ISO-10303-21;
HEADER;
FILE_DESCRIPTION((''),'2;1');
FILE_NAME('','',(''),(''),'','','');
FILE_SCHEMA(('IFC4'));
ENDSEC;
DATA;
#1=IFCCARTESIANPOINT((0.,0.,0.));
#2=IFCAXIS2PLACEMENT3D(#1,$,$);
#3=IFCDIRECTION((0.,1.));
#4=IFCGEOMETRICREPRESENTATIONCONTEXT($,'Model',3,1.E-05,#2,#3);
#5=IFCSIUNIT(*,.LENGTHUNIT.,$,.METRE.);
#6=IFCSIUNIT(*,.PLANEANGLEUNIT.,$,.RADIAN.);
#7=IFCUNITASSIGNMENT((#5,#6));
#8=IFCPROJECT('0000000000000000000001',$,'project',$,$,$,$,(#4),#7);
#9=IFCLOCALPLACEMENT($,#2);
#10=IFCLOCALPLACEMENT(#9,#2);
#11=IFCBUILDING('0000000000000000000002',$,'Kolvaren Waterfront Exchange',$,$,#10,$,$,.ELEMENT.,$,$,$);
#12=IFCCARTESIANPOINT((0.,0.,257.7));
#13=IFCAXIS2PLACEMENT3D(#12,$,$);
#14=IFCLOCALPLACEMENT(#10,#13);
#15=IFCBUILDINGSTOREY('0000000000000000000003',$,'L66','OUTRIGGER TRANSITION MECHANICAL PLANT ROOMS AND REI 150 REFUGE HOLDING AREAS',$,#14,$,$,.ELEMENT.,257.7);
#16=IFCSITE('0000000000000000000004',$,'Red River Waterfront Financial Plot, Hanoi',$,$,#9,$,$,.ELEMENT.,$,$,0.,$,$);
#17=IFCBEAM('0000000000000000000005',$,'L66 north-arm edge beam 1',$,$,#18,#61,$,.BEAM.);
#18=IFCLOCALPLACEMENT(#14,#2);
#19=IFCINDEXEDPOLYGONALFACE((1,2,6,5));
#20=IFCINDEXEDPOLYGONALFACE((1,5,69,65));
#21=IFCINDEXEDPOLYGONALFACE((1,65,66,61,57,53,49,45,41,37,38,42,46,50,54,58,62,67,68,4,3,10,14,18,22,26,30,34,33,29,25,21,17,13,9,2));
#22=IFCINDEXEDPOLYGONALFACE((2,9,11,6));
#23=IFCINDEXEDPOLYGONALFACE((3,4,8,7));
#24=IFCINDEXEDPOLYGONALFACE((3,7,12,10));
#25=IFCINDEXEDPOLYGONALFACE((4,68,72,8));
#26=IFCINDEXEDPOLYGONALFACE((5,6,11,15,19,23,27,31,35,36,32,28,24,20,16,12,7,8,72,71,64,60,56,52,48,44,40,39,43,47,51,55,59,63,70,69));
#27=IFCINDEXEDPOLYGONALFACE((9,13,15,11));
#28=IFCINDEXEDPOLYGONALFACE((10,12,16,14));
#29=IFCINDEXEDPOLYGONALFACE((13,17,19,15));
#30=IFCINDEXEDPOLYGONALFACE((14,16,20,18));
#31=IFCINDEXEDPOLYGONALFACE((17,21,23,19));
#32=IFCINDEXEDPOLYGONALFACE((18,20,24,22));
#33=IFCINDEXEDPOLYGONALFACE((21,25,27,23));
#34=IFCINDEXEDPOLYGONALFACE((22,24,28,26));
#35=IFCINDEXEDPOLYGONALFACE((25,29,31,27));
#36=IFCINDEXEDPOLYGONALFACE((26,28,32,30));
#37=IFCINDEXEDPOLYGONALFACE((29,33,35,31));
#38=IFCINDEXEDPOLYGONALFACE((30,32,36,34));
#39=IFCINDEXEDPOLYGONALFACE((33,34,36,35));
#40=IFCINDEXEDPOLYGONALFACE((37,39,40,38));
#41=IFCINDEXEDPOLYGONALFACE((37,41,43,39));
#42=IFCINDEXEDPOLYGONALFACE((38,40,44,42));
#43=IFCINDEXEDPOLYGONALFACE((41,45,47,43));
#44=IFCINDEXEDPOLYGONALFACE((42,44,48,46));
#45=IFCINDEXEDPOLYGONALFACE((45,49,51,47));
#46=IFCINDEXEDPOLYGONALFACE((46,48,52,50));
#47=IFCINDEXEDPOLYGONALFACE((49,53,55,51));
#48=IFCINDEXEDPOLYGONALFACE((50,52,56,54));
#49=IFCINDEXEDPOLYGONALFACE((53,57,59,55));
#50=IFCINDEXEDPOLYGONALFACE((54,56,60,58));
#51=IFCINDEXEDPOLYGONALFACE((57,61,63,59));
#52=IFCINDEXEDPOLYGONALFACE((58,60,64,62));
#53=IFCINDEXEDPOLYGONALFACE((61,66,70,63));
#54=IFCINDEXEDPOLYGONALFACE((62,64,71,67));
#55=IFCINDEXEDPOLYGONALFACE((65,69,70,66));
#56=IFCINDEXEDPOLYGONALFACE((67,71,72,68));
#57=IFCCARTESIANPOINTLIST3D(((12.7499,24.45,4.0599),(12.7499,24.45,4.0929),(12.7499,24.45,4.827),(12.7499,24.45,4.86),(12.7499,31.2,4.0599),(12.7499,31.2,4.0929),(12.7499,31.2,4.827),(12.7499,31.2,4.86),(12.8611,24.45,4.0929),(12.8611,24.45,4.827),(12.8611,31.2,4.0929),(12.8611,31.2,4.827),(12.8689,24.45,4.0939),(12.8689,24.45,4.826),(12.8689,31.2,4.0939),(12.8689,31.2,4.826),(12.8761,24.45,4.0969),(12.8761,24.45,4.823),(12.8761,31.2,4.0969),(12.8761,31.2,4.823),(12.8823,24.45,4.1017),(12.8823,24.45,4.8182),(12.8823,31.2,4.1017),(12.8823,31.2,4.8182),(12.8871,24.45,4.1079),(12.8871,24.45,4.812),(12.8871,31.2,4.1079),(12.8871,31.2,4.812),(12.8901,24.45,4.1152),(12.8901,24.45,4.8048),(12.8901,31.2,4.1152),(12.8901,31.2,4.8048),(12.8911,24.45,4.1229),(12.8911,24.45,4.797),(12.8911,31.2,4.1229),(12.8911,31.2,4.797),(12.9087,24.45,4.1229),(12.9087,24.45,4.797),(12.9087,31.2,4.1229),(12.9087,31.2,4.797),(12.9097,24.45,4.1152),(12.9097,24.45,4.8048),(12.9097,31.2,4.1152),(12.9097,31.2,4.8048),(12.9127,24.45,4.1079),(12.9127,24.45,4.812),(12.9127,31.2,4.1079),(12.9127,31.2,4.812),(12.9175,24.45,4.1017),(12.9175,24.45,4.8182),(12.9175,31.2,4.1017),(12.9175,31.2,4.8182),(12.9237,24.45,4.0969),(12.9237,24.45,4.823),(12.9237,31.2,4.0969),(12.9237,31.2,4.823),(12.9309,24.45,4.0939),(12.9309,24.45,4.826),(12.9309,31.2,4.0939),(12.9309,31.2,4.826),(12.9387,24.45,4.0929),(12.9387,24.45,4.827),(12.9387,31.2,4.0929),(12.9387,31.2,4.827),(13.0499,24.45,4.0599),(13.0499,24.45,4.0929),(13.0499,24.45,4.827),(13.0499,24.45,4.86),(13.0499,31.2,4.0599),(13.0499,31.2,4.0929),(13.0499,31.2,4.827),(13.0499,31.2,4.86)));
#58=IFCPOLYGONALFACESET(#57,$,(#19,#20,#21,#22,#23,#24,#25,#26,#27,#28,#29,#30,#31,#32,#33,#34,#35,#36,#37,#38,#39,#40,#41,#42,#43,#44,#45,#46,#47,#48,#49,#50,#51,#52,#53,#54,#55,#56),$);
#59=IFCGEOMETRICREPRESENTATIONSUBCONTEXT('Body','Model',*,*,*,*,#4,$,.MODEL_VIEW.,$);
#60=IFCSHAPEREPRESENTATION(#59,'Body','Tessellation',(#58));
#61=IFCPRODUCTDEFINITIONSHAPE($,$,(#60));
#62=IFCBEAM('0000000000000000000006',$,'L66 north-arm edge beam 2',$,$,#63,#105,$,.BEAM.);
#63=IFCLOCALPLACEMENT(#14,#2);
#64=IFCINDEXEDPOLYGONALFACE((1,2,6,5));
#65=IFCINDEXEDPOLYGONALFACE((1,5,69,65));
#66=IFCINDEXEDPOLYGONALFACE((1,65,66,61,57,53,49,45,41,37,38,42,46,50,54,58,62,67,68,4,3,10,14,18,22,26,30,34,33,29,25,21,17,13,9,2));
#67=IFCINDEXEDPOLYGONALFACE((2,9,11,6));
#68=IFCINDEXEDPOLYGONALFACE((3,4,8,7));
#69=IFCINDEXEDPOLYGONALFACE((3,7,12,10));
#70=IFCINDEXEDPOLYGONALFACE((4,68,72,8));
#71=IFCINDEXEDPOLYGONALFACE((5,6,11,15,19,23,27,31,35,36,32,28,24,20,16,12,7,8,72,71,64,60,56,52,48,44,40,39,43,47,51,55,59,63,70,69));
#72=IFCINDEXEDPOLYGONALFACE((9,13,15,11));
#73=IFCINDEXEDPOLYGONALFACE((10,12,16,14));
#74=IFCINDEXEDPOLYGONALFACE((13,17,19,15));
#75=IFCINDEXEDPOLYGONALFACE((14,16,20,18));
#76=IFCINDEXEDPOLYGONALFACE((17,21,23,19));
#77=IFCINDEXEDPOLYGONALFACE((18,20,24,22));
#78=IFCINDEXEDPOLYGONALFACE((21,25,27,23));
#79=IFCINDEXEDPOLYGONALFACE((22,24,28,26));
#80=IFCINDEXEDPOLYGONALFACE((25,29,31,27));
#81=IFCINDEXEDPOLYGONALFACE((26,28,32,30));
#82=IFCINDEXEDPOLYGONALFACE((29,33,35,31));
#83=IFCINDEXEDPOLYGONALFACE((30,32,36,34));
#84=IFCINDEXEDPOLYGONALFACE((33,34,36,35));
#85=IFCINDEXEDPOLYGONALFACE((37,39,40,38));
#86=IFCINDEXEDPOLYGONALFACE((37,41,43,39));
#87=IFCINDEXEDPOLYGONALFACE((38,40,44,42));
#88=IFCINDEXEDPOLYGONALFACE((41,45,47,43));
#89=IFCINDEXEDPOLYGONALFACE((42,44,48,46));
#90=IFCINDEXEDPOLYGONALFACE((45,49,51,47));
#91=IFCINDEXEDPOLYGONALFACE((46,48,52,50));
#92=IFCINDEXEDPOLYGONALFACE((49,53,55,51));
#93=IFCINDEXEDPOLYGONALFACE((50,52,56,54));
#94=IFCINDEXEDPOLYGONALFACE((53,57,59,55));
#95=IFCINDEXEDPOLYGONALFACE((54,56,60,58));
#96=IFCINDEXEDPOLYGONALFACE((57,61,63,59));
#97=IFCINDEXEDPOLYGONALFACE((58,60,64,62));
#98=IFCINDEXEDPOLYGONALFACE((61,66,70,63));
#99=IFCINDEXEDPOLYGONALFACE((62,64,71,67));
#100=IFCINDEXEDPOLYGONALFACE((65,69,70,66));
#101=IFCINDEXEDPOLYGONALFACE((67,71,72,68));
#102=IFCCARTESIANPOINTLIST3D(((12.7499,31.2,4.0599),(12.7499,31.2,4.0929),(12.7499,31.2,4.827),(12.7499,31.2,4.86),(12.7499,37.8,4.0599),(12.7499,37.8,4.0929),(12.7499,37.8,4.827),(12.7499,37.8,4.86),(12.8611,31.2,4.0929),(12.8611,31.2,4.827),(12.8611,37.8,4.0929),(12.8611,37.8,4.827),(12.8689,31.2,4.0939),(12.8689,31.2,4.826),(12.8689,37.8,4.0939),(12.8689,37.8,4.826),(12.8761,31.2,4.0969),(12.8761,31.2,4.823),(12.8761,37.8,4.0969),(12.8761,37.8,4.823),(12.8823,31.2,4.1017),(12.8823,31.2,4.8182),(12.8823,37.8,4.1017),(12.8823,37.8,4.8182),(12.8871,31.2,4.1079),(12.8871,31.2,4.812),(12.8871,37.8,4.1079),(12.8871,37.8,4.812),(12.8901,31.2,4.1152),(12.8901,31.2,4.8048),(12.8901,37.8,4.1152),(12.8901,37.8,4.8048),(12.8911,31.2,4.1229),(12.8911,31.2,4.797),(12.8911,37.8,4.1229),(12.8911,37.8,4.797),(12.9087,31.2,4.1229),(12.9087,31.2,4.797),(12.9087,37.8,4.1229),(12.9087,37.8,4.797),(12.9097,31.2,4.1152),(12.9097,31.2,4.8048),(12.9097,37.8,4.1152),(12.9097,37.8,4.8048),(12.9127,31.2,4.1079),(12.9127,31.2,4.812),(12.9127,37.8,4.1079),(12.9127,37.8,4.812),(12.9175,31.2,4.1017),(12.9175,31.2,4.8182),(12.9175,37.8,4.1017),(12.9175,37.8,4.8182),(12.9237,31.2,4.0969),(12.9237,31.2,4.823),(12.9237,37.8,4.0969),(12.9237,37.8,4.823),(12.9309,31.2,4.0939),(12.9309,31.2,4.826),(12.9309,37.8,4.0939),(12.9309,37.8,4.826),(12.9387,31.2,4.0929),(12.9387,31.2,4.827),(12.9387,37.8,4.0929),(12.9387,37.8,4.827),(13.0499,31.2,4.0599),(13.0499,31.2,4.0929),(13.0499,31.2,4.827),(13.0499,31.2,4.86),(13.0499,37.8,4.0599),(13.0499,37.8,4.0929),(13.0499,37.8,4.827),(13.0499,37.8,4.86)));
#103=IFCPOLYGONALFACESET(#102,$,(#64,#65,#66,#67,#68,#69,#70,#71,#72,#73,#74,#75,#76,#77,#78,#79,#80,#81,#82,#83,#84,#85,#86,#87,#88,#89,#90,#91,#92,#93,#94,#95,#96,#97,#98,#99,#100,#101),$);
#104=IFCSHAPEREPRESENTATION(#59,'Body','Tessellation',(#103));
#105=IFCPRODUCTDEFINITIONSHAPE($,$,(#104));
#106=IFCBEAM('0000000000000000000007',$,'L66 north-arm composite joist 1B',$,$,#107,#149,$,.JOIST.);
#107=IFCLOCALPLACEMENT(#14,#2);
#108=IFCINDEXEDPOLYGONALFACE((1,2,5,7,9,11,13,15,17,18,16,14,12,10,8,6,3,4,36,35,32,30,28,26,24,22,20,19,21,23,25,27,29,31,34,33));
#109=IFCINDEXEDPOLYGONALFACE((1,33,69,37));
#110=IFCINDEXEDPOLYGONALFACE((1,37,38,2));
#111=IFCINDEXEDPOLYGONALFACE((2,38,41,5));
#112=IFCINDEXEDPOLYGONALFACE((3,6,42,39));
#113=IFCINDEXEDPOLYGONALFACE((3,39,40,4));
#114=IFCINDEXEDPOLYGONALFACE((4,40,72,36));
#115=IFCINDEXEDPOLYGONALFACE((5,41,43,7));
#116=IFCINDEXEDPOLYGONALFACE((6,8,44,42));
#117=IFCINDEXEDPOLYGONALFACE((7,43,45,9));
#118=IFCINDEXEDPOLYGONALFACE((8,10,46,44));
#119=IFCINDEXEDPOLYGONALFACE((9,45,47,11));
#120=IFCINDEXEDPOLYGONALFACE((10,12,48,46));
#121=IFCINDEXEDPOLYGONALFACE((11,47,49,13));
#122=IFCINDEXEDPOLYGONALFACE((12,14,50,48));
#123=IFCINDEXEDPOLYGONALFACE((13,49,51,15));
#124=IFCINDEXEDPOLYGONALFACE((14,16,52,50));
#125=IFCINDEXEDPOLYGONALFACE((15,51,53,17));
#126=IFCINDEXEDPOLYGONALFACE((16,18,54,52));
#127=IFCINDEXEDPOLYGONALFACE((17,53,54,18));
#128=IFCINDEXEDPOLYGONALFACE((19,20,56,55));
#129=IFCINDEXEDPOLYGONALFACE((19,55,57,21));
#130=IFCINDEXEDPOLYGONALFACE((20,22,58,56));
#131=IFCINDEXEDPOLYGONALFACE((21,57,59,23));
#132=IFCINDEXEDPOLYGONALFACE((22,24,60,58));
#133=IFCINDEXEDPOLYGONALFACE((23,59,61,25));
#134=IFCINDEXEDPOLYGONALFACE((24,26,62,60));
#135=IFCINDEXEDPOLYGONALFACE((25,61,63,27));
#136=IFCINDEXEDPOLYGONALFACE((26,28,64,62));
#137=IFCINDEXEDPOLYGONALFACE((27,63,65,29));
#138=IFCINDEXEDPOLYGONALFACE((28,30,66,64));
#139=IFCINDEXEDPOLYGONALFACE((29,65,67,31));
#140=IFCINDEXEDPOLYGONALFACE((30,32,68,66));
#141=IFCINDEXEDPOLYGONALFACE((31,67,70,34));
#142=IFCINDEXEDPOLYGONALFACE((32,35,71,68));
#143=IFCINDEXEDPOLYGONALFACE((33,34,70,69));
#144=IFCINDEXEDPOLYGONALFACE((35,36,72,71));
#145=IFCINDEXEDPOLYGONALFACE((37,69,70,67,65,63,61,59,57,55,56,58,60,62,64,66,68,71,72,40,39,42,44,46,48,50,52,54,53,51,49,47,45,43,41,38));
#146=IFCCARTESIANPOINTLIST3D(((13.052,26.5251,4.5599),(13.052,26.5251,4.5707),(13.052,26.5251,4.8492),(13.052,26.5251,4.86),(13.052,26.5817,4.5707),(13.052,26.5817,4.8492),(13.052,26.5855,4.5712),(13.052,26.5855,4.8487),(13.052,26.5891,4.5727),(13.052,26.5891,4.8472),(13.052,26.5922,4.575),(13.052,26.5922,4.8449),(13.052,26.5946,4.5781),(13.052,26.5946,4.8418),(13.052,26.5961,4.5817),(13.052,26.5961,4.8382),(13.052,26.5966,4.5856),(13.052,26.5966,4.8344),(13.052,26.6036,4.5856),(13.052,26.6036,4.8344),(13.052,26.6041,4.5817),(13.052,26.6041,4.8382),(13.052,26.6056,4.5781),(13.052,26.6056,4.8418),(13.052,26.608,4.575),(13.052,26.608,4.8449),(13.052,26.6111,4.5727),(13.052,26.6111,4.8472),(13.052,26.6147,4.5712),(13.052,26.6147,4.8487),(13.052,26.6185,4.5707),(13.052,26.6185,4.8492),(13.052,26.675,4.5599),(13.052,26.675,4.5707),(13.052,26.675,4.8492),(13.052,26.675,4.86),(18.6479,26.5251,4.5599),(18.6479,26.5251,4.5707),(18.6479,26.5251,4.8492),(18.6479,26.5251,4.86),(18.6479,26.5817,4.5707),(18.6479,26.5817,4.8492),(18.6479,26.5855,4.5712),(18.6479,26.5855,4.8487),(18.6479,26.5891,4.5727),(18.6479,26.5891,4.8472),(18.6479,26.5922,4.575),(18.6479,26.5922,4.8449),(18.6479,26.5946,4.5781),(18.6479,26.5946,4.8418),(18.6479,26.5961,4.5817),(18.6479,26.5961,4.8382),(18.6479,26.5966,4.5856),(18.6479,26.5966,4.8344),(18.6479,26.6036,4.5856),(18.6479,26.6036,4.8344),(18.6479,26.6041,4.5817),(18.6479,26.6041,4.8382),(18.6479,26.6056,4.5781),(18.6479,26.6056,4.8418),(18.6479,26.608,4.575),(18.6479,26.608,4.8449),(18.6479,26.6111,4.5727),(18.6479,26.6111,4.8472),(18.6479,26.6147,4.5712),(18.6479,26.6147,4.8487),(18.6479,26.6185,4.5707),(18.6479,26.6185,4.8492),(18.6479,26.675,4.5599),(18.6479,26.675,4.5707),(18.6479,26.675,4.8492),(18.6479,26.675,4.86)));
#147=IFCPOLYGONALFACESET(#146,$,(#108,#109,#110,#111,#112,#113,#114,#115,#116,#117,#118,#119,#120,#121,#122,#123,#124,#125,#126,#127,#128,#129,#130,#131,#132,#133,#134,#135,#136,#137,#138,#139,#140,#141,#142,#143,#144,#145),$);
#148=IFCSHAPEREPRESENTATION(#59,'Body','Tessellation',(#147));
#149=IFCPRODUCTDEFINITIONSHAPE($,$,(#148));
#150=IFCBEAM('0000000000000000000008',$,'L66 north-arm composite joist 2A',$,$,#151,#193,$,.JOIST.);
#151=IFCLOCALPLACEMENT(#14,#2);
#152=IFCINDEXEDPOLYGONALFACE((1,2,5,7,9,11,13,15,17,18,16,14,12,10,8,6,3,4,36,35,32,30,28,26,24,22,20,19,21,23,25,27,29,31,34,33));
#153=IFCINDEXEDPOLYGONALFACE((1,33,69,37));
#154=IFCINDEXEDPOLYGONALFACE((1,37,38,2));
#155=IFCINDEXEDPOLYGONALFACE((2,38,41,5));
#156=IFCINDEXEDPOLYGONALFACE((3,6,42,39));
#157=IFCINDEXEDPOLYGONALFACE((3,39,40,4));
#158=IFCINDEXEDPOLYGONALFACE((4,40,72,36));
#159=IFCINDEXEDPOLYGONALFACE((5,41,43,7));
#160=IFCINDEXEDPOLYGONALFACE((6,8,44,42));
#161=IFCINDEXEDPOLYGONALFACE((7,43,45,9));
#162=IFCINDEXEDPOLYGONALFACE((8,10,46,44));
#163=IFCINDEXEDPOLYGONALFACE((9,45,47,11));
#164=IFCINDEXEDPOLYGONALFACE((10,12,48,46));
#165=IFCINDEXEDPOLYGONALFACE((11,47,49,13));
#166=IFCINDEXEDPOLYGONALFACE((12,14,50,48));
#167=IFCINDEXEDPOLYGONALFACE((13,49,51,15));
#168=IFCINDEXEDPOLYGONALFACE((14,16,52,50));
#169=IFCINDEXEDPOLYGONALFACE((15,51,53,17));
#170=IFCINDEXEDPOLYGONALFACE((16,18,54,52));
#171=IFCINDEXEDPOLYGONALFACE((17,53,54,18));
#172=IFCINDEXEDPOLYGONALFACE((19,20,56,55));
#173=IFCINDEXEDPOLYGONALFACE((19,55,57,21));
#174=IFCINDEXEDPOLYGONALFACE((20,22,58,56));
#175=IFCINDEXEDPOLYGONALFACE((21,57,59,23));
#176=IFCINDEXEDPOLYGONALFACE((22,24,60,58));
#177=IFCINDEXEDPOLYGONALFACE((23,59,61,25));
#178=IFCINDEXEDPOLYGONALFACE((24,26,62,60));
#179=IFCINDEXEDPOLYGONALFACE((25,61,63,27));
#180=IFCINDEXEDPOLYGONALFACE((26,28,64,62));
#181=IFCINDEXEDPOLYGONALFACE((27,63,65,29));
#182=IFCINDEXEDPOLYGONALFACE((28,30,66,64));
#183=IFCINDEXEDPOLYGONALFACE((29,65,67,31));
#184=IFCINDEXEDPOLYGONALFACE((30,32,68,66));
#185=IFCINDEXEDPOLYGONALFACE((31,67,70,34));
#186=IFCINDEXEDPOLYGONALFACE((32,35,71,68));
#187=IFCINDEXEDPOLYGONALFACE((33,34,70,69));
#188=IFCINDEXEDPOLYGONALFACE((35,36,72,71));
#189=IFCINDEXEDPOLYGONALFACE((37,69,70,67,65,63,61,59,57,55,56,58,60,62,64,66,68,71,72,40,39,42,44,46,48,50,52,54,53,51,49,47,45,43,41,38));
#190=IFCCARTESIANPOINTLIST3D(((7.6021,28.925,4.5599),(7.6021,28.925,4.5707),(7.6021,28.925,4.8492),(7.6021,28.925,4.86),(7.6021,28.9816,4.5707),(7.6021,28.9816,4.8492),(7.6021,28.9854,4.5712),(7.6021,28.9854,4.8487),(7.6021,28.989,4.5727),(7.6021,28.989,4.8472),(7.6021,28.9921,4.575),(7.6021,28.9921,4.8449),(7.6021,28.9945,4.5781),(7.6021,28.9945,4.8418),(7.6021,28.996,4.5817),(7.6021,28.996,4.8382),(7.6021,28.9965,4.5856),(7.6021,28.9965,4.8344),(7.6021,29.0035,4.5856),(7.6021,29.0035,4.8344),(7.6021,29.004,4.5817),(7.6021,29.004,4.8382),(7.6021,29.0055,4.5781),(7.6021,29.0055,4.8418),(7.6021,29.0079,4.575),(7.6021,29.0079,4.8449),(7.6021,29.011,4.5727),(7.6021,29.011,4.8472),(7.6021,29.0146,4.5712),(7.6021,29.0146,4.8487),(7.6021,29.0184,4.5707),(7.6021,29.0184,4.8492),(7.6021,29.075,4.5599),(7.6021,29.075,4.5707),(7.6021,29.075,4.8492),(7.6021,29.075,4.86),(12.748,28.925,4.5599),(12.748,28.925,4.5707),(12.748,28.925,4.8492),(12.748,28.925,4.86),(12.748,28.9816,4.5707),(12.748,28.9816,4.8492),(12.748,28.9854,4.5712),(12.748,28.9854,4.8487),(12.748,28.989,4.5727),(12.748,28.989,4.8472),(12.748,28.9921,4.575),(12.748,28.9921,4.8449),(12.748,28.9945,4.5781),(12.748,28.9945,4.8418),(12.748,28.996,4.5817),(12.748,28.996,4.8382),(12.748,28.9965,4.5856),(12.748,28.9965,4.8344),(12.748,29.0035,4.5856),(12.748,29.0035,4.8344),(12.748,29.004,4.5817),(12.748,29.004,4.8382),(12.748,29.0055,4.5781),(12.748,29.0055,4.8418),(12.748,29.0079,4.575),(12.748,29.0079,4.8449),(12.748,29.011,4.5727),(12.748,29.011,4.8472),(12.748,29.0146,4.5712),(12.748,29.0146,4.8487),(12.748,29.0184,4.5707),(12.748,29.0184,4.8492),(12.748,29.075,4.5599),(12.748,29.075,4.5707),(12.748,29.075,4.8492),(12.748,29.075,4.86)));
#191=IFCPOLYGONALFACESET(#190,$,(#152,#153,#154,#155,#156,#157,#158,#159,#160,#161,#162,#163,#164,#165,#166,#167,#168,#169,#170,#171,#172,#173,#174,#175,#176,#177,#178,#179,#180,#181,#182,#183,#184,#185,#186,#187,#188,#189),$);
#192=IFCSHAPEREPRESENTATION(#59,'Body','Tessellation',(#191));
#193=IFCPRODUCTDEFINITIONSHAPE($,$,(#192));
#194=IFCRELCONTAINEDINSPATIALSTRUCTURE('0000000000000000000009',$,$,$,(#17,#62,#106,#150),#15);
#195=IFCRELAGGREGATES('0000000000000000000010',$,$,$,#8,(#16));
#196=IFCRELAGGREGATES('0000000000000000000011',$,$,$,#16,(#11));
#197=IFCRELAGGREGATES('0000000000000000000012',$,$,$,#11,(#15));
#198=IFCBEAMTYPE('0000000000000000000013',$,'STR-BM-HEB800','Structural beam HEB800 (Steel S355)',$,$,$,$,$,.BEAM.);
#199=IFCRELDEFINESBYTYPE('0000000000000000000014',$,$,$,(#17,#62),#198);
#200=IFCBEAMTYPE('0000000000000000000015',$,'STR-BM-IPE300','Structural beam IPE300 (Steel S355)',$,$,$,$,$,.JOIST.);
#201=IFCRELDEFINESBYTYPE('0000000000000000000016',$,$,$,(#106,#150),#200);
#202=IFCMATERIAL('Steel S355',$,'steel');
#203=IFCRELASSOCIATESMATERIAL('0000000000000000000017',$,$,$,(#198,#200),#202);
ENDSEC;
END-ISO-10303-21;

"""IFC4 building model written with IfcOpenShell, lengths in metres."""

from ifc_helpers import new_model, si_unit, direction, frame, origin, origin_2d, place, context, subcontext, project, spatial, i_section, extrude, material, material_profile, profile_set, type_object, element, save


model = new_model("IFC4")

# Units and contexts
model_context = context("Model", 3, precision=1e-05, world=origin(), true_north=direction((0.0, 1.0)))
body_context = subcontext(model_context, "Body", "Model", "MODEL_VIEW")
ifc_project = project(units=[si_unit("LENGTHUNIT", "METRE"), si_unit("PLANEANGLEUNIT", "RADIAN")], contexts=[model_context])

# Site, building, storey
site_placement = place(None, origin())
site = spatial("IfcSite", under=ifc_project, at=site_placement, Name="Red River Waterfront Financial Plot, Hanoi", CompositionType="ELEMENT", RefElevation=0.0)
building_placement = place(site_placement, origin())
building = spatial("IfcBuilding", under=site, at=building_placement, Name="Kolvaren Waterfront Exchange", CompositionType="ELEMENT")
storey_placement = place(building_placement, frame((0.0, 0.0, 257.7)))
storey = spatial("IfcBuildingStorey", under=building, at=storey_placement, Name="L66", Description="OUTRIGGER TRANSITION MECHANICAL PLANT ROOMS AND REI 150 REFUGE HOLDING AREAS", CompositionType="ELEMENT", Elevation=257.7)

# Beams
ifc_material_1 = material(Name="Steel S355", Category="steel")
ifc_material_profile_1 = material_profile(ifc_material_1, i_section(OverallWidth=0.3, OverallDepth=0.8, WebThickness=0.0176, FlangeThickness=0.033, FilletRadius=0.03, at=origin_2d()), Name="HEB800")
ifc_profile_set_1 = profile_set([ifc_material_profile_1], Name="Steel S355")
beam_type_1 = type_object("IfcBeamType", Name="STR-BM-HEB800", Description="Structural beam HEB800 (Steel S355)", PredefinedType="BEAM", material=ifc_profile_set_1)
beam_1_placement = place(storey_placement, frame((12.8999, 24.45, 4.46), z_axis=(0.0, 1.0, 0.0), x_axis=(-1.0, 0.0, 0.0)))
element("IfcBeam", 1, at=beam_1_placement, inside=storey, type_object=beam_type_1, Name="L66 north-arm edge beam 1", PredefinedType="BEAM", context=body_context, shape_type="SweptSolid", body=[
    extrude(i_section(OverallWidth=0.3, OverallDepth=0.8, WebThickness=0.0176, FlangeThickness=0.033, FilletRadius=0.03, at=origin_2d()), origin(), (0.0, 0.0, 1.0), 6.75),
])
beam_2_placement = place(storey_placement, frame((12.8999, 31.2, 4.46), z_axis=(0.0, 1.0, 0.0), x_axis=(-1.0, 0.0, 0.0)))
element("IfcBeam", 2, at=beam_2_placement, inside=storey, type_object=beam_type_1, Name="L66 north-arm edge beam 2", PredefinedType="BEAM", context=body_context, shape_type="SweptSolid", body=[
    extrude(i_section(OverallWidth=0.3, OverallDepth=0.8, WebThickness=0.0176, FlangeThickness=0.033, FilletRadius=0.03, at=origin_2d()), origin(), (0.0, 0.0, 1.0), 6.6001),
])
ifc_material_profile_2 = material_profile(ifc_material_1, i_section(OverallWidth=0.1499, OverallDepth=0.3, WebThickness=0.0071, FlangeThickness=0.0107, FilletRadius=0.0149, at=origin_2d()), Name="IPE300")
ifc_profile_set_2 = profile_set([ifc_material_profile_2], Name="Steel S355")
beam_type_2 = type_object("IfcBeamType", Name="STR-BM-IPE300", Description="Structural beam IPE300 (Steel S355)", PredefinedType="JOIST", material=ifc_profile_set_2)
beam_3_placement = place(storey_placement, frame((13.052, 26.6001, 4.71), z_axis=(1.0, 0.0, 0.0), x_axis=(0.0, 1.0, 0.0)))
element("IfcBeam", 3, at=beam_3_placement, inside=storey, type_object=beam_type_2, Name="L66 north-arm composite joist 1B", PredefinedType="JOIST", context=body_context, shape_type="SweptSolid", body=[
    extrude(i_section(OverallWidth=0.1499, OverallDepth=0.3, WebThickness=0.0071, FlangeThickness=0.0107, FilletRadius=0.0149, at=origin_2d()), origin(), (0.0, 0.0, 1.0), 5.5959),
])
beam_4_placement = place(storey_placement, frame((7.6021, 29.0, 4.71), z_axis=(1.0, 0.0, 0.0), x_axis=(0.0, 1.0, 0.0)))
element("IfcBeam", 4, at=beam_4_placement, inside=storey, type_object=beam_type_2, Name="L66 north-arm composite joist 2A", PredefinedType="JOIST", context=body_context, shape_type="SweptSolid", body=[
    extrude(i_section(OverallWidth=0.1499, OverallDepth=0.3, WebThickness=0.0071, FlangeThickness=0.0107, FilletRadius=0.0149, at=origin_2d()), origin(), (0.0, 0.0, 1.0), 5.146),
])

save(model, "model.ifc")
